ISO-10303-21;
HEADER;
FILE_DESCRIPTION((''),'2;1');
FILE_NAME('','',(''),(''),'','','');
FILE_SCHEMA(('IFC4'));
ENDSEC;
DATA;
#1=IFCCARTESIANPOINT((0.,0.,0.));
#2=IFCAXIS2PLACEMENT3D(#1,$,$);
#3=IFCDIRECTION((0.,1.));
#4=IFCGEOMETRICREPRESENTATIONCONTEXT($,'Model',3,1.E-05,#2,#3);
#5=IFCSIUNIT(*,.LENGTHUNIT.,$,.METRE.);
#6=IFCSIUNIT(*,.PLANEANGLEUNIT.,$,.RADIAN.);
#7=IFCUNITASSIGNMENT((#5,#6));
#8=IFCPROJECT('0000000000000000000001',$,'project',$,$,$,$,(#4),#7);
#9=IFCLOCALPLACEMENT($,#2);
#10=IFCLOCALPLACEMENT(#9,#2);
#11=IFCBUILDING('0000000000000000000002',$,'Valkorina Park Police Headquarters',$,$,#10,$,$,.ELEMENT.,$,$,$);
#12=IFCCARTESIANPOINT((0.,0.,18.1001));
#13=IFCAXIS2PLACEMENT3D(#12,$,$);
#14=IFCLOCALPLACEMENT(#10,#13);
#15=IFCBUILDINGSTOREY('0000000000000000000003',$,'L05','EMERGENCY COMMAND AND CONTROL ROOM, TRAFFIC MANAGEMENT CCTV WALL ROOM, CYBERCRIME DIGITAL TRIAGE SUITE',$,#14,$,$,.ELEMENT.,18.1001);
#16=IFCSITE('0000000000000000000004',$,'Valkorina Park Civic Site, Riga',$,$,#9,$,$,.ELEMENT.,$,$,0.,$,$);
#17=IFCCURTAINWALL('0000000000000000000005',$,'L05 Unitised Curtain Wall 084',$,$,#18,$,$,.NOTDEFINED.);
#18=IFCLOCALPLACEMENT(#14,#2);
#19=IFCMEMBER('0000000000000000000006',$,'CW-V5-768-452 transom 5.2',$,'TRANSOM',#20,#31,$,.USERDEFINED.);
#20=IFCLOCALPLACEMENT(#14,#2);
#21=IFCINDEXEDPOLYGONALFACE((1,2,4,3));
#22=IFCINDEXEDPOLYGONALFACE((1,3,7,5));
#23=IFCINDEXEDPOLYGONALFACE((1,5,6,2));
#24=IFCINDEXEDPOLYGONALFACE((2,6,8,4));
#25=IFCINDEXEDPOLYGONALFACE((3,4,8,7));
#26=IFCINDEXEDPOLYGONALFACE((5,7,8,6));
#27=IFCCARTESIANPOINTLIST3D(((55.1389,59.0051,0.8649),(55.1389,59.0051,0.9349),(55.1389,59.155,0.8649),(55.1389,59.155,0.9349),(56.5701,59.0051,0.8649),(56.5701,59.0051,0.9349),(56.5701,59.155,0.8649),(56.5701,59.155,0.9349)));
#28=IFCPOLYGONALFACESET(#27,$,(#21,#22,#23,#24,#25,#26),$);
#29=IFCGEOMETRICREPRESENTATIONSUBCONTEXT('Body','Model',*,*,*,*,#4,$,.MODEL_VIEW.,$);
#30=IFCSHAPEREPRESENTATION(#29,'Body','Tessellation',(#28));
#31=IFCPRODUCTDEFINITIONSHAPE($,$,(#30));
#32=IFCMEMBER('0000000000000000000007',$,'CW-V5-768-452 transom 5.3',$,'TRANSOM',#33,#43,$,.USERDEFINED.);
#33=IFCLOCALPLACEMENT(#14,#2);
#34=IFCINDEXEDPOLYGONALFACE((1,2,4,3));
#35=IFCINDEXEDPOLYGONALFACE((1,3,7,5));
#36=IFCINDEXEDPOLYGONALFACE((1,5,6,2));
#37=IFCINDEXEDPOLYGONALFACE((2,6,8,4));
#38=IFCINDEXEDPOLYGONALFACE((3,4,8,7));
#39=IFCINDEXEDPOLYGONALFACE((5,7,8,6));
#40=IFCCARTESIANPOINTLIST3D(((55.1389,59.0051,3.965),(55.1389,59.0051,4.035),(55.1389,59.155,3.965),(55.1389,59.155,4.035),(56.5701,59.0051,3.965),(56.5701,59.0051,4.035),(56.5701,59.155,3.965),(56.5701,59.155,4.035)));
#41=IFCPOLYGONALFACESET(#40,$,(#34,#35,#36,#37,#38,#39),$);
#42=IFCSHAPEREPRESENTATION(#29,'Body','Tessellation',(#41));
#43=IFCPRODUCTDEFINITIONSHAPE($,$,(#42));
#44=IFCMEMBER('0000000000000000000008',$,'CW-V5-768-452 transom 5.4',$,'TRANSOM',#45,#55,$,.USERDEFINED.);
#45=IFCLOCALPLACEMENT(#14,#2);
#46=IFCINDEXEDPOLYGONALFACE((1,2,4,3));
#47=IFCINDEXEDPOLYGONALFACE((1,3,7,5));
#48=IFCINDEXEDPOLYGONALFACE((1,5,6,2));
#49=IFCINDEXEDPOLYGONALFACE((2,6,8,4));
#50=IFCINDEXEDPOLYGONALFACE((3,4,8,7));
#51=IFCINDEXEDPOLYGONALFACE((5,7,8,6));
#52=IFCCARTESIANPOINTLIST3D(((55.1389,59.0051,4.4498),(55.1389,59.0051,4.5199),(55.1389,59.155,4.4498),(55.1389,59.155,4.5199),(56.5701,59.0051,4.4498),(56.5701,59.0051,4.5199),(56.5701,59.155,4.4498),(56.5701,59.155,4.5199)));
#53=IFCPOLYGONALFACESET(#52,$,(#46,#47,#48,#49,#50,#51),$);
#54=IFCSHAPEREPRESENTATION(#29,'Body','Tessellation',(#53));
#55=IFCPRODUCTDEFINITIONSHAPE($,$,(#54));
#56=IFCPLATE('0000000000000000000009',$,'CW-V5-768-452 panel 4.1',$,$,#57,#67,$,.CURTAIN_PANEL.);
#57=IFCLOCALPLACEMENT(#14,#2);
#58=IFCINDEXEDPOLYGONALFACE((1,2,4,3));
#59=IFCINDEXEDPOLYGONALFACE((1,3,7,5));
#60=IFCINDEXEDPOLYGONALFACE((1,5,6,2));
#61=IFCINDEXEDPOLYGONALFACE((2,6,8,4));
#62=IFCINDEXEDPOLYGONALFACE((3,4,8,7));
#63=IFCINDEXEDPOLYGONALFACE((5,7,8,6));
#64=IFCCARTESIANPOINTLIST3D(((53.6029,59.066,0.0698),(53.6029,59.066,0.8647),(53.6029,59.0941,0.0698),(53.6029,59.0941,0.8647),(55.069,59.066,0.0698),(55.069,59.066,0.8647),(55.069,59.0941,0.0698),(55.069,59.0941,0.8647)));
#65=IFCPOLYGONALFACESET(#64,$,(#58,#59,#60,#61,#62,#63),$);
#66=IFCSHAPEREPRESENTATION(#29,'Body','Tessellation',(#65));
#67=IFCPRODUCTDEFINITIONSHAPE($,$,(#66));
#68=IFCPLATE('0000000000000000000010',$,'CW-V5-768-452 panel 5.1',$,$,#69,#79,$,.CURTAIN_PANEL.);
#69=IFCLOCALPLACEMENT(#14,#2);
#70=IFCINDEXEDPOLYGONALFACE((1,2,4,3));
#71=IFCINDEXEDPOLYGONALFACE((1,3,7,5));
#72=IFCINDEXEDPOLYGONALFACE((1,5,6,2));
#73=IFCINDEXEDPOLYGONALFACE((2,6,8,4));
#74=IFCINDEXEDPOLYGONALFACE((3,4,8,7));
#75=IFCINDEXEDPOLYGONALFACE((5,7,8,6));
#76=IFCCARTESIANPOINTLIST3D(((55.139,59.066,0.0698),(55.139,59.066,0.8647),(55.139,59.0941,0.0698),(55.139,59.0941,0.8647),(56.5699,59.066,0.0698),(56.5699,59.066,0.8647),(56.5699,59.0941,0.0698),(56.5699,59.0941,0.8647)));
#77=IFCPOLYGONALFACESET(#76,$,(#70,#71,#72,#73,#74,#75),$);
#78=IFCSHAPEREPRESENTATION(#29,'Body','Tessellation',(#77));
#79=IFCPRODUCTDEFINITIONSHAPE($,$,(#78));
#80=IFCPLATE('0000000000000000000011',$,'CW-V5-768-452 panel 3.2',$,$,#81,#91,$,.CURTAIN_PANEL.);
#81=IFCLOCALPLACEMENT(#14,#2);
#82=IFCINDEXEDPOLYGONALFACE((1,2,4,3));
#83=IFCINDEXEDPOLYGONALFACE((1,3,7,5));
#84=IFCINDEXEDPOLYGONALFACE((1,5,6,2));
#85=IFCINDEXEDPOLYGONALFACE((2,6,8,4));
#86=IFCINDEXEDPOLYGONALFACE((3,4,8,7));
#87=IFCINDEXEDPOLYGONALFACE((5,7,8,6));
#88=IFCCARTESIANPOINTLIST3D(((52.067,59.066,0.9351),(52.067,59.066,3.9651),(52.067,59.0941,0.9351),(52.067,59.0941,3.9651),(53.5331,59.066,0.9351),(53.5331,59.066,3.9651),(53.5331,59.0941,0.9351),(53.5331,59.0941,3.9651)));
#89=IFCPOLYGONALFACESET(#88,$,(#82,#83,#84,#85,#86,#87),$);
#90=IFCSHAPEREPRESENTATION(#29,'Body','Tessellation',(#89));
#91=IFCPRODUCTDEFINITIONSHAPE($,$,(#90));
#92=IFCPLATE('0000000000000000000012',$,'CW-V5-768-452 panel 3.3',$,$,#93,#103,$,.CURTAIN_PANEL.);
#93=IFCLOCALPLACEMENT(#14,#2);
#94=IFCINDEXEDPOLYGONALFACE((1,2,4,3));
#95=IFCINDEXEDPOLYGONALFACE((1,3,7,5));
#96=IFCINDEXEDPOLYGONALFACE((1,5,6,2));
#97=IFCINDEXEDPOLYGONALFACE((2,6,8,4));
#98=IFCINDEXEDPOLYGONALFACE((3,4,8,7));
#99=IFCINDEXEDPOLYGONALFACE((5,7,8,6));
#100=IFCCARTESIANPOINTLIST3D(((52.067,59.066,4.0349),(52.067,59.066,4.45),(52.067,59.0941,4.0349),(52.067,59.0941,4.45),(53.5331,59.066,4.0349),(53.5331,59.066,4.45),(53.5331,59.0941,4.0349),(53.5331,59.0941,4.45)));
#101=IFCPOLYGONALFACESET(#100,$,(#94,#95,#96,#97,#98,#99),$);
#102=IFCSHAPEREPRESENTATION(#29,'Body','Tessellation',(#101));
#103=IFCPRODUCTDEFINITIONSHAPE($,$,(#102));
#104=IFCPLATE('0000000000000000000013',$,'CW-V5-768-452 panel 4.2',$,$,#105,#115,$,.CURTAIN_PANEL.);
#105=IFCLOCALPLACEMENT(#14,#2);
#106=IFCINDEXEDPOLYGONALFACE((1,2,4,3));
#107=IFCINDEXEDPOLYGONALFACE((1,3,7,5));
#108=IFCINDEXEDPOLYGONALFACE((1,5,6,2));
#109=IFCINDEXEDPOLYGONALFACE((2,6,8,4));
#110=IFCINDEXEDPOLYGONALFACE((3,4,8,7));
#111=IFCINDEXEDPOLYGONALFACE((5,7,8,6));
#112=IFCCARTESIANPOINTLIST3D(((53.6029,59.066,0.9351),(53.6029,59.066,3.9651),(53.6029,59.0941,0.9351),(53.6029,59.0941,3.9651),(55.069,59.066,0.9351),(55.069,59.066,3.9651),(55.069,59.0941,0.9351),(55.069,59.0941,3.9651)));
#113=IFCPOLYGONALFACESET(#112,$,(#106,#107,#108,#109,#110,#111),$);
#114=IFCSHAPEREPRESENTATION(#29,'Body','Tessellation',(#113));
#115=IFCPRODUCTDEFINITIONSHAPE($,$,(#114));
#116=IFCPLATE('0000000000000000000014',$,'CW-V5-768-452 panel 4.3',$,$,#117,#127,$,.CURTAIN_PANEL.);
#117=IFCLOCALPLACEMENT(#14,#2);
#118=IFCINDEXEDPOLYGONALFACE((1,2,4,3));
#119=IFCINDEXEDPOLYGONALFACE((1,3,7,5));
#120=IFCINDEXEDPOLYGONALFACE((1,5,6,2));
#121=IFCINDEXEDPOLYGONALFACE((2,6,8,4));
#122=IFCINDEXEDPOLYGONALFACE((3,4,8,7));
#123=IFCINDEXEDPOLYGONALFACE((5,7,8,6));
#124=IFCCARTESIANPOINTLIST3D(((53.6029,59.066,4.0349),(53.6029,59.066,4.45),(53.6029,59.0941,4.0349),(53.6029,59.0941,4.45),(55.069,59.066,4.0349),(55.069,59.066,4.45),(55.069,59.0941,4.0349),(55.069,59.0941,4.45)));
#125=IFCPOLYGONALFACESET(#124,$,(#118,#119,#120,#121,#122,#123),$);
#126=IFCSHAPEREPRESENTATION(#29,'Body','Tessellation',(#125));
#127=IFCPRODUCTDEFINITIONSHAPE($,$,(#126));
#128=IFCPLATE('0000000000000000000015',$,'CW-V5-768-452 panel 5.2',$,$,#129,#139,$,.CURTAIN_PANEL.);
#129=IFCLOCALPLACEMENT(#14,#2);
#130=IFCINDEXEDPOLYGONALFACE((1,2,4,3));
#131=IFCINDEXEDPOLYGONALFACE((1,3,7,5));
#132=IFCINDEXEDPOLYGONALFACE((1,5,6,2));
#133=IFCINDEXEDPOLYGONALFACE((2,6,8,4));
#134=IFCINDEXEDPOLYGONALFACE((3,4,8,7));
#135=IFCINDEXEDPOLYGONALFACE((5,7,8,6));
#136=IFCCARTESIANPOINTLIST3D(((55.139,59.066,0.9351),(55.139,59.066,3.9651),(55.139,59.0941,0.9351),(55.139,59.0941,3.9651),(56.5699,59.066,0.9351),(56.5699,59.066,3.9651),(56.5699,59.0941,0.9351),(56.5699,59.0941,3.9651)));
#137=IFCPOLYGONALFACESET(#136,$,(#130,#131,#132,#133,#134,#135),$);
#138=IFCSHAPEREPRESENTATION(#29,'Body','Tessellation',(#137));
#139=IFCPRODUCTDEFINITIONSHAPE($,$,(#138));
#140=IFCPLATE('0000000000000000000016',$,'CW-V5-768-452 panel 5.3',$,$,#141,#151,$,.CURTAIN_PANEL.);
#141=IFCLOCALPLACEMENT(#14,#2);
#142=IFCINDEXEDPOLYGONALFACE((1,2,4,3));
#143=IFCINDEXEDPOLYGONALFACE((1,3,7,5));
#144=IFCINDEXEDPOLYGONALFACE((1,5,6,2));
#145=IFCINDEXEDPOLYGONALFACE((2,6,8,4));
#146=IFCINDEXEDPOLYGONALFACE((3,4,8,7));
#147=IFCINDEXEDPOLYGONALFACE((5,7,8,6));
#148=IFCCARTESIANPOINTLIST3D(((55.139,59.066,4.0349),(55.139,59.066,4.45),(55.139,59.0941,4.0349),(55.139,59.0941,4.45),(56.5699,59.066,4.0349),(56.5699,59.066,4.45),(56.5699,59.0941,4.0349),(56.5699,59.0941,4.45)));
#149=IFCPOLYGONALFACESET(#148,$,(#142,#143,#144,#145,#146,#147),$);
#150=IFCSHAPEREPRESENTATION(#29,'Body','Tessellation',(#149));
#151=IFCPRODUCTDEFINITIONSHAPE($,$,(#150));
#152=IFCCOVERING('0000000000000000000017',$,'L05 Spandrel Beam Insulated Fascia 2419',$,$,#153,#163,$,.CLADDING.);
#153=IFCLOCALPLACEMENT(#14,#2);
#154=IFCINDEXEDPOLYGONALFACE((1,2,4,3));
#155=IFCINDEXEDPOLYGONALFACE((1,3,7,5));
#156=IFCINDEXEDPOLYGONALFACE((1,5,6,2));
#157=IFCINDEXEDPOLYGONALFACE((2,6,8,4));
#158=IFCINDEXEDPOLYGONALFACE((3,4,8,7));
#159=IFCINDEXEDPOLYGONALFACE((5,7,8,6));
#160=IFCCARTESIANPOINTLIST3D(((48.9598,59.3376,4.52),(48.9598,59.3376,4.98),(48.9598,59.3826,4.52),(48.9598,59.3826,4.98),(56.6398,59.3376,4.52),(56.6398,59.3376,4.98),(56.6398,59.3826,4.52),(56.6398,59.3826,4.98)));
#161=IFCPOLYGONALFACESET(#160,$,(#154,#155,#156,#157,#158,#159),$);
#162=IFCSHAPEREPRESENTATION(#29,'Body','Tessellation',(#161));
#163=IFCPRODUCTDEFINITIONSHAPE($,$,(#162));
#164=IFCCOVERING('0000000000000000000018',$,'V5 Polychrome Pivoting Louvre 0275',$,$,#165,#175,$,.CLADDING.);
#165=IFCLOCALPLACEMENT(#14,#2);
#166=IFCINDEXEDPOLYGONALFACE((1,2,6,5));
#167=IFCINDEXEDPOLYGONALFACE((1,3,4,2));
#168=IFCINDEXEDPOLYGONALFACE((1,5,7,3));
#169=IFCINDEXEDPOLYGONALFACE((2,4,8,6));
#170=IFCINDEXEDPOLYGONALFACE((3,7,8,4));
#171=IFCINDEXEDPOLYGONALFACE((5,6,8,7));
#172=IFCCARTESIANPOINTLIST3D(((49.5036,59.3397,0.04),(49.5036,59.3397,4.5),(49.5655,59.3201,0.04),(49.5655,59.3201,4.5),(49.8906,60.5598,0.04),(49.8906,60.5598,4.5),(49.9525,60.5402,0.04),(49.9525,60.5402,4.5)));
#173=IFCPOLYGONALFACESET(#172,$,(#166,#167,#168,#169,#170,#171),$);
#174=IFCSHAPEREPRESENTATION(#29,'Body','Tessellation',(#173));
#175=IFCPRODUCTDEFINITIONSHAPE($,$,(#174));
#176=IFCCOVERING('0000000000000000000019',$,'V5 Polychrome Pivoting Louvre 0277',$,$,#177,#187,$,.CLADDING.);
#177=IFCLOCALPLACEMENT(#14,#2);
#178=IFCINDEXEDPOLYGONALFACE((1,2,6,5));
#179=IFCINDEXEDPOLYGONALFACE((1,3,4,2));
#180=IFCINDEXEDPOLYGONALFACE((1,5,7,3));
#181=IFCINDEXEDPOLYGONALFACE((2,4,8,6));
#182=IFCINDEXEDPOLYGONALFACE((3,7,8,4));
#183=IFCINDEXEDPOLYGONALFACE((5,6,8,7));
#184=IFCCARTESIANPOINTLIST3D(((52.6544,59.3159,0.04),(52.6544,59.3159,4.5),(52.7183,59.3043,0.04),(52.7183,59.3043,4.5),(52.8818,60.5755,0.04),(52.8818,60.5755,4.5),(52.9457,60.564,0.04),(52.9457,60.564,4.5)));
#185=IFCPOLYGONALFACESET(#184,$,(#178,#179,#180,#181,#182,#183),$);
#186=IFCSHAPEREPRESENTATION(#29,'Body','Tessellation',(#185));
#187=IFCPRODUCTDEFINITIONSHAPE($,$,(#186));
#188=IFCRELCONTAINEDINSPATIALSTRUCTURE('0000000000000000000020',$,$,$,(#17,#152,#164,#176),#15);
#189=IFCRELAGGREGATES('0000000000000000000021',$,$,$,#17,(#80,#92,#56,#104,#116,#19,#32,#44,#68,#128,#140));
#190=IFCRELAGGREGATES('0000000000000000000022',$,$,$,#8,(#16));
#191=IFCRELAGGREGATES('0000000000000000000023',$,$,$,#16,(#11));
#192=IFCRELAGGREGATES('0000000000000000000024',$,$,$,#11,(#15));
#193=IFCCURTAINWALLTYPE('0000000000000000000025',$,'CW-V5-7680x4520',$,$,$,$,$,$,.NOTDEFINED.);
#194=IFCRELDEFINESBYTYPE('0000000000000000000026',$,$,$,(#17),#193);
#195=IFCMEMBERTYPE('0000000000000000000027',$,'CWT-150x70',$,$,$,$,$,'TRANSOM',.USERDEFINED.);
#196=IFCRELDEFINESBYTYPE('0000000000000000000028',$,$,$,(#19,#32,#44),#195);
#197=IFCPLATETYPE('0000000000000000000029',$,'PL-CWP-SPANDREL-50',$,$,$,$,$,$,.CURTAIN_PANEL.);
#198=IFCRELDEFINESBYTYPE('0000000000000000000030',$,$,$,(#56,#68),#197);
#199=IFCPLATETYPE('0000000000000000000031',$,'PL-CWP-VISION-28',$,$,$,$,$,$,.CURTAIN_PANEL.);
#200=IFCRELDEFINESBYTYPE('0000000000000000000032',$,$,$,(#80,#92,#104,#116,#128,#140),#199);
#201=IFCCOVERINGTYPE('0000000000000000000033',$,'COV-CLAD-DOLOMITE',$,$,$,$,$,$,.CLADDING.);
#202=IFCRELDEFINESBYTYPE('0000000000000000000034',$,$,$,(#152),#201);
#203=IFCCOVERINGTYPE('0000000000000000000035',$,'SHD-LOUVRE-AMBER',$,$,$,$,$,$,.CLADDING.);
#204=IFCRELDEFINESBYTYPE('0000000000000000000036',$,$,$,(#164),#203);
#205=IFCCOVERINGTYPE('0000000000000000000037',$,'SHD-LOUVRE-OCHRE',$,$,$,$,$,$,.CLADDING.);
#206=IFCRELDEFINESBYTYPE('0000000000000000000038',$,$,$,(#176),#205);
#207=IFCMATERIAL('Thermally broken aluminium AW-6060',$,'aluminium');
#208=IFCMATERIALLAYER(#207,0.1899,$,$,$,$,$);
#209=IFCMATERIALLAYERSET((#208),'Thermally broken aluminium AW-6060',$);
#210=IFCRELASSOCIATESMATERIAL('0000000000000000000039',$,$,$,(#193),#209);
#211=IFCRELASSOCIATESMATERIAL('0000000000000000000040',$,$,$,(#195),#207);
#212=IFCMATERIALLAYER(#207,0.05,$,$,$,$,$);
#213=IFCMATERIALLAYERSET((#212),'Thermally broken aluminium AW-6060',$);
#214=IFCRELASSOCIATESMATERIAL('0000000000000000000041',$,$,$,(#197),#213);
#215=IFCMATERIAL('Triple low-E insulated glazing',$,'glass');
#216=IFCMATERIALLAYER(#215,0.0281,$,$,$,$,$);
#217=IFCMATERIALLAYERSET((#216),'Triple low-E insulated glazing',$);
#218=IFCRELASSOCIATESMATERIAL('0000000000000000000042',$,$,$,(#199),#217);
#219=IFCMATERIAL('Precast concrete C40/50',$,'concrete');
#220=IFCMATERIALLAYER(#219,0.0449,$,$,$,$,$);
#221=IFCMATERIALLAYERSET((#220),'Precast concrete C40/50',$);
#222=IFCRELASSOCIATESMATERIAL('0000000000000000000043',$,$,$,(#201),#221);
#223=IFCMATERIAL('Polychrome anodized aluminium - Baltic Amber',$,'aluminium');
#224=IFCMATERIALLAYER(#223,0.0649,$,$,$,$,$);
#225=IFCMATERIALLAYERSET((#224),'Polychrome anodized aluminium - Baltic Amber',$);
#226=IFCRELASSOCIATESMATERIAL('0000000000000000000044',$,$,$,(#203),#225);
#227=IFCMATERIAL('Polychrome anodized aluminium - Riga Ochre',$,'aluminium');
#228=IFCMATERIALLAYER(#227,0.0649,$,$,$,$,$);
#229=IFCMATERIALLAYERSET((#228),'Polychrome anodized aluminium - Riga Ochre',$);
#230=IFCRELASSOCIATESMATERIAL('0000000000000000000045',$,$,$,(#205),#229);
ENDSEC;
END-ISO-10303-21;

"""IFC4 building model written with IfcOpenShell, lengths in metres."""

from ifc_helpers import new_model, si_unit, direction, frame, frame_2d, origin, origin_2d, place, context, subcontext, project, spatial, rectangle, extrude, material, layer, layer_set, material_profile, profile_set, type_object, element, aggregate, save


model = new_model("IFC4")

# Units and contexts
model_context = context("Model", 3, precision=1e-05, world=origin(), true_north=direction((0.0, 1.0)))
body_context = subcontext(model_context, "Body", "Model", "MODEL_VIEW")
ifc_project = project(units=[si_unit("LENGTHUNIT", "METRE"), si_unit("PLANEANGLEUNIT", "RADIAN")], contexts=[model_context])

# Site, building, storey
site_placement = place(None, origin())
site = spatial("IfcSite", under=ifc_project, at=site_placement, Name="Valkorina Park Civic Site, Riga", CompositionType="ELEMENT", RefElevation=0.0)
building_placement = place(site_placement, origin())
building = spatial("IfcBuilding", under=site, at=building_placement, Name="Valkorina Park Police Headquarters", CompositionType="ELEMENT")
storey_placement = place(building_placement, frame((0.0, 0.0, 18.1001)))
storey = spatial("IfcBuildingStorey", under=building, at=storey_placement, Name="L05", Description="EMERGENCY COMMAND AND CONTROL ROOM, TRAFFIC MANAGEMENT CCTV WALL ROOM, CYBERCRIME DIGITAL TRIAGE SUITE", CompositionType="ELEMENT", Elevation=18.1001)

# Curtain wall, members, plates
ifc_material_1 = material(Name="Thermally broken aluminium AW-6060", Category="aluminium")
ifc_layer_1 = layer(ifc_material_1, 0.1899)
ifc_layer_set_1 = layer_set([ifc_layer_1], Name="Thermally broken aluminium AW-6060")
curtain_wall_type = type_object("IfcCurtainWallType", Name="CW-V5-7680x4520", PredefinedType="NOTDEFINED", material=ifc_layer_set_1)
curtain_wall_placement = place(storey_placement, origin())
curtain_wall = element("IfcCurtainWall", 1, at=curtain_wall_placement, inside=storey, type_object=curtain_wall_type, Name="L05 Unitised Curtain Wall 084", PredefinedType="NOTDEFINED")
ifc_material_profile_1 = material_profile(ifc_material_1, rectangle(XDim=0.1499, YDim=0.0701, at=origin_2d()), Name="CWT-02 150x70")
ifc_profile_set_1 = profile_set([ifc_material_profile_1], Name="Thermally broken aluminium AW-6060")
member_type_1 = type_object("IfcMemberType", Name="CWT-150x70", ElementType="TRANSOM", PredefinedType="USERDEFINED", material=ifc_profile_set_1)
member_1_placement = place(storey_placement, frame((55.1389, 59.0801, 0.8999), z_axis=(1.0, 0.0, 0.0), x_axis=(0.0, 1.0, 0.0)))
member_1 = element("IfcMember", 2, at=member_1_placement, type_object=member_type_1, Name="CW-V5-768-452 transom 5.2", ObjectType="TRANSOM", PredefinedType="USERDEFINED", context=body_context, shape_type="SweptSolid", body=[
    extrude(rectangle(XDim=0.1499, YDim=0.0701, at=origin_2d()), origin(), (0.0, 0.0, 1.0), 1.4312),
])
member_2_placement = place(storey_placement, frame((55.1389, 59.0801, 4.0), z_axis=(1.0, 0.0, 0.0), x_axis=(0.0, 1.0, 0.0)))
member_2 = element("IfcMember", 3, at=member_2_placement, type_object=member_type_1, Name="CW-V5-768-452 transom 5.3", ObjectType="TRANSOM", PredefinedType="USERDEFINED", context=body_context, shape_type="SweptSolid", body=[
    extrude(rectangle(XDim=0.1499, YDim=0.0701, at=origin_2d()), origin(), (0.0, 0.0, 1.0), 1.4312),
])
member_3_placement = place(storey_placement, frame((55.1389, 59.0801, 4.4849), z_axis=(1.0, 0.0, 0.0), x_axis=(0.0, 1.0, 0.0)))
member_3 = element("IfcMember", 4, at=member_3_placement, type_object=member_type_1, Name="CW-V5-768-452 transom 5.4", ObjectType="TRANSOM", PredefinedType="USERDEFINED", context=body_context, shape_type="SweptSolid", body=[
    extrude(rectangle(XDim=0.1499, YDim=0.0701, at=origin_2d()), origin(), (0.0, 0.0, 1.0), 1.4312),
])
ifc_layer_2 = layer(ifc_material_1, 0.05)
ifc_layer_set_2 = layer_set([ifc_layer_2], Name="Thermally broken aluminium AW-6060")
plate_type_1 = type_object("IfcPlateType", Name="PL-CWP-SPANDREL-50", PredefinedType="CURTAIN_PANEL", material=ifc_layer_set_2)
plate_1_placement = place(storey_placement, frame((54.3359, 59.0801, 0.0698), z_axis=(0.0, 0.0, 1.0), x_axis=(1.0, 0.0, 0.0)))
plate_1 = element("IfcPlate", 5, at=plate_1_placement, type_object=plate_type_1, Name="CW-V5-768-452 panel 4.1", PredefinedType="CURTAIN_PANEL", context=body_context, shape_type="SweptSolid", body=[
    extrude(rectangle(XDim=1.4661, YDim=0.0281, at=origin_2d()), origin(), (0.0, 0.0, 1.0), 0.7949),
])
plate_2_placement = place(storey_placement, frame((55.8545, 59.0801, 0.0698), z_axis=(0.0, 0.0, 1.0), x_axis=(1.0, 0.0, 0.0)))
plate_2 = element("IfcPlate", 6, at=plate_2_placement, type_object=plate_type_1, Name="CW-V5-768-452 panel 5.1", PredefinedType="CURTAIN_PANEL", context=body_context, shape_type="SweptSolid", body=[
    extrude(rectangle(XDim=1.4309, YDim=0.0281, at=origin_2d()), origin(), (0.0, 0.0, 1.0), 0.7949),
])
ifc_material_2 = material(Name="Triple low-E insulated glazing", Category="glass")
ifc_layer_3 = layer(ifc_material_2, 0.0281)
ifc_layer_set_3 = layer_set([ifc_layer_3], Name="Triple low-E insulated glazing")
plate_type_2 = type_object("IfcPlateType", Name="PL-CWP-VISION-28", PredefinedType="CURTAIN_PANEL", material=ifc_layer_set_3)
plate_3_placement = place(storey_placement, frame((52.8, 59.0801, 0.9351), z_axis=(0.0, 0.0, 1.0), x_axis=(1.0, 0.0, 0.0)))
plate_3 = element("IfcPlate", 7, at=plate_3_placement, type_object=plate_type_2, Name="CW-V5-768-452 panel 3.2", PredefinedType="CURTAIN_PANEL", context=body_context, shape_type="SweptSolid", body=[
    extrude(rectangle(XDim=1.4661, YDim=0.0281, at=origin_2d()), origin(), (0.0, 0.0, 1.0), 3.03),
])
plate_4_placement = place(storey_placement, frame((52.8, 59.0801, 4.0349), z_axis=(0.0, 0.0, 1.0), x_axis=(1.0, 0.0, 0.0)))
plate_4 = element("IfcPlate", 8, at=plate_4_placement, type_object=plate_type_2, Name="CW-V5-768-452 panel 3.3", PredefinedType="CURTAIN_PANEL", context=body_context, shape_type="SweptSolid", body=[
    extrude(rectangle(XDim=1.4661, YDim=0.0281, at=origin_2d()), origin(), (0.0, 0.0, 1.0), 0.415),
])
plate_5_placement = place(storey_placement, frame((54.3359, 59.0801, 0.9351), z_axis=(0.0, 0.0, 1.0), x_axis=(1.0, 0.0, 0.0)))
plate_5 = element("IfcPlate", 9, at=plate_5_placement, type_object=plate_type_2, Name="CW-V5-768-452 panel 4.2", PredefinedType="CURTAIN_PANEL", context=body_context, shape_type="SweptSolid", body=[
    extrude(rectangle(XDim=1.4661, YDim=0.0281, at=origin_2d()), origin(), (0.0, 0.0, 1.0), 3.03),
])
plate_6_placement = place(storey_placement, frame((54.3359, 59.0801, 4.0349), z_axis=(0.0, 0.0, 1.0), x_axis=(1.0, 0.0, 0.0)))
plate_6 = element("IfcPlate", 10, at=plate_6_placement, type_object=plate_type_2, Name="CW-V5-768-452 panel 4.3", PredefinedType="CURTAIN_PANEL", context=body_context, shape_type="SweptSolid", body=[
    extrude(rectangle(XDim=1.4661, YDim=0.0281, at=origin_2d()), origin(), (0.0, 0.0, 1.0), 0.415),
])
plate_7_placement = place(storey_placement, frame((55.8545, 59.0801, 0.9351), z_axis=(0.0, 0.0, 1.0), x_axis=(1.0, 0.0, 0.0)))
plate_7 = element("IfcPlate", 11, at=plate_7_placement, type_object=plate_type_2, Name="CW-V5-768-452 panel 5.2", PredefinedType="CURTAIN_PANEL", context=body_context, shape_type="SweptSolid", body=[
    extrude(rectangle(XDim=1.4309, YDim=0.0281, at=origin_2d()), origin(), (0.0, 0.0, 1.0), 3.03),
])
plate_8_placement = place(storey_placement, frame((55.8545, 59.0801, 4.0349), z_axis=(0.0, 0.0, 1.0), x_axis=(1.0, 0.0, 0.0)))
plate_8 = element("IfcPlate", 12, at=plate_8_placement, type_object=plate_type_2, Name="CW-V5-768-452 panel 5.3", PredefinedType="CURTAIN_PANEL", context=body_context, shape_type="SweptSolid", body=[
    extrude(rectangle(XDim=1.4309, YDim=0.0281, at=origin_2d()), origin(), (0.0, 0.0, 1.0), 0.415),
])
aggregate(curtain_wall, [plate_3, plate_4, plate_1, plate_5, plate_6, member_1, member_2, member_3, plate_2, plate_7, plate_8])

# Coverings
ifc_material_3 = material(Name="Precast concrete C40/50", Category="concrete")
ifc_layer_4 = layer(ifc_material_3, 0.0449)
ifc_layer_set_4 = layer_set([ifc_layer_4], Name="Precast concrete C40/50")
covering_type_1 = type_object("IfcCoveringType", Name="COV-CLAD-DOLOMITE", PredefinedType="CLADDING", material=ifc_layer_set_4)
covering_1_placement = place(storey_placement, frame((48.96, 59.3601, 4.52), z_axis=(0.0, 0.0, 1.0), x_axis=(1.0, 0.0, 0.0)))
element("IfcCovering", 13, at=covering_1_placement, inside=storey, type_object=covering_type_1, Name="L05 Spandrel Beam Insulated Fascia 2419", PredefinedType="CLADDING", context=body_context, shape_type="SweptSolid", body=[
    extrude(rectangle(XDim=7.6799, YDim=0.0449, at=frame_2d((3.8398, 0.0))), origin(), (0.0, 0.0, 1.0), 0.46),
])
ifc_material_4 = material(Name="Polychrome anodized aluminium - Baltic Amber", Category="aluminium")
ifc_layer_5 = layer(ifc_material_4, 0.0649)
ifc_layer_set_5 = layer_set([ifc_layer_5], Name="Polychrome anodized aluminium - Baltic Amber")
covering_type_2 = type_object("IfcCoveringType", Name="SHD-LOUVRE-AMBER", PredefinedType="CLADDING", material=ifc_layer_set_5)
covering_2_placement = place(storey_placement, frame((49.728, 59.9399, 0.04), z_axis=(0.0, 0.0, 1.0), x_axis=(0.30237, 0.953191, 0.0)))
element("IfcCovering", 14, at=covering_2_placement, inside=storey, type_object=covering_type_2, Name="V5 Polychrome Pivoting Louvre 0275", PredefinedType="CLADDING", context=body_context, shape_type="SweptSolid", body=[
    extrude(rectangle(XDim=1.28, YDim=0.0649, at=origin_2d()), origin(), (0.0, 0.0, 1.0), 4.46),
])
ifc_material_5 = material(Name="Polychrome anodized aluminium - Riga Ochre", Category="aluminium")
ifc_layer_6 = layer(ifc_material_5, 0.0649)
ifc_layer_set_6 = layer_set([ifc_layer_6], Name="Polychrome anodized aluminium - Riga Ochre")
covering_type_3 = type_object("IfcCoveringType", Name="SHD-LOUVRE-OCHRE", PredefinedType="CLADDING", material=ifc_layer_set_6)
covering_3_placement = place(storey_placement, frame((52.8, 59.9399, 0.04), z_axis=(0.0, 0.0, 1.0), x_axis=(0.1776, 0.984103, 0.0)))
element("IfcCovering", 15, at=covering_3_placement, inside=storey, type_object=covering_type_3, Name="V5 Polychrome Pivoting Louvre 0277", PredefinedType="CLADDING", context=body_context, shape_type="SweptSolid", body=[
    extrude(rectangle(XDim=1.28, YDim=0.0649, at=origin_2d()), origin(), (0.0, 0.0, 1.0), 4.46),
])

save(model, "model.ifc")
